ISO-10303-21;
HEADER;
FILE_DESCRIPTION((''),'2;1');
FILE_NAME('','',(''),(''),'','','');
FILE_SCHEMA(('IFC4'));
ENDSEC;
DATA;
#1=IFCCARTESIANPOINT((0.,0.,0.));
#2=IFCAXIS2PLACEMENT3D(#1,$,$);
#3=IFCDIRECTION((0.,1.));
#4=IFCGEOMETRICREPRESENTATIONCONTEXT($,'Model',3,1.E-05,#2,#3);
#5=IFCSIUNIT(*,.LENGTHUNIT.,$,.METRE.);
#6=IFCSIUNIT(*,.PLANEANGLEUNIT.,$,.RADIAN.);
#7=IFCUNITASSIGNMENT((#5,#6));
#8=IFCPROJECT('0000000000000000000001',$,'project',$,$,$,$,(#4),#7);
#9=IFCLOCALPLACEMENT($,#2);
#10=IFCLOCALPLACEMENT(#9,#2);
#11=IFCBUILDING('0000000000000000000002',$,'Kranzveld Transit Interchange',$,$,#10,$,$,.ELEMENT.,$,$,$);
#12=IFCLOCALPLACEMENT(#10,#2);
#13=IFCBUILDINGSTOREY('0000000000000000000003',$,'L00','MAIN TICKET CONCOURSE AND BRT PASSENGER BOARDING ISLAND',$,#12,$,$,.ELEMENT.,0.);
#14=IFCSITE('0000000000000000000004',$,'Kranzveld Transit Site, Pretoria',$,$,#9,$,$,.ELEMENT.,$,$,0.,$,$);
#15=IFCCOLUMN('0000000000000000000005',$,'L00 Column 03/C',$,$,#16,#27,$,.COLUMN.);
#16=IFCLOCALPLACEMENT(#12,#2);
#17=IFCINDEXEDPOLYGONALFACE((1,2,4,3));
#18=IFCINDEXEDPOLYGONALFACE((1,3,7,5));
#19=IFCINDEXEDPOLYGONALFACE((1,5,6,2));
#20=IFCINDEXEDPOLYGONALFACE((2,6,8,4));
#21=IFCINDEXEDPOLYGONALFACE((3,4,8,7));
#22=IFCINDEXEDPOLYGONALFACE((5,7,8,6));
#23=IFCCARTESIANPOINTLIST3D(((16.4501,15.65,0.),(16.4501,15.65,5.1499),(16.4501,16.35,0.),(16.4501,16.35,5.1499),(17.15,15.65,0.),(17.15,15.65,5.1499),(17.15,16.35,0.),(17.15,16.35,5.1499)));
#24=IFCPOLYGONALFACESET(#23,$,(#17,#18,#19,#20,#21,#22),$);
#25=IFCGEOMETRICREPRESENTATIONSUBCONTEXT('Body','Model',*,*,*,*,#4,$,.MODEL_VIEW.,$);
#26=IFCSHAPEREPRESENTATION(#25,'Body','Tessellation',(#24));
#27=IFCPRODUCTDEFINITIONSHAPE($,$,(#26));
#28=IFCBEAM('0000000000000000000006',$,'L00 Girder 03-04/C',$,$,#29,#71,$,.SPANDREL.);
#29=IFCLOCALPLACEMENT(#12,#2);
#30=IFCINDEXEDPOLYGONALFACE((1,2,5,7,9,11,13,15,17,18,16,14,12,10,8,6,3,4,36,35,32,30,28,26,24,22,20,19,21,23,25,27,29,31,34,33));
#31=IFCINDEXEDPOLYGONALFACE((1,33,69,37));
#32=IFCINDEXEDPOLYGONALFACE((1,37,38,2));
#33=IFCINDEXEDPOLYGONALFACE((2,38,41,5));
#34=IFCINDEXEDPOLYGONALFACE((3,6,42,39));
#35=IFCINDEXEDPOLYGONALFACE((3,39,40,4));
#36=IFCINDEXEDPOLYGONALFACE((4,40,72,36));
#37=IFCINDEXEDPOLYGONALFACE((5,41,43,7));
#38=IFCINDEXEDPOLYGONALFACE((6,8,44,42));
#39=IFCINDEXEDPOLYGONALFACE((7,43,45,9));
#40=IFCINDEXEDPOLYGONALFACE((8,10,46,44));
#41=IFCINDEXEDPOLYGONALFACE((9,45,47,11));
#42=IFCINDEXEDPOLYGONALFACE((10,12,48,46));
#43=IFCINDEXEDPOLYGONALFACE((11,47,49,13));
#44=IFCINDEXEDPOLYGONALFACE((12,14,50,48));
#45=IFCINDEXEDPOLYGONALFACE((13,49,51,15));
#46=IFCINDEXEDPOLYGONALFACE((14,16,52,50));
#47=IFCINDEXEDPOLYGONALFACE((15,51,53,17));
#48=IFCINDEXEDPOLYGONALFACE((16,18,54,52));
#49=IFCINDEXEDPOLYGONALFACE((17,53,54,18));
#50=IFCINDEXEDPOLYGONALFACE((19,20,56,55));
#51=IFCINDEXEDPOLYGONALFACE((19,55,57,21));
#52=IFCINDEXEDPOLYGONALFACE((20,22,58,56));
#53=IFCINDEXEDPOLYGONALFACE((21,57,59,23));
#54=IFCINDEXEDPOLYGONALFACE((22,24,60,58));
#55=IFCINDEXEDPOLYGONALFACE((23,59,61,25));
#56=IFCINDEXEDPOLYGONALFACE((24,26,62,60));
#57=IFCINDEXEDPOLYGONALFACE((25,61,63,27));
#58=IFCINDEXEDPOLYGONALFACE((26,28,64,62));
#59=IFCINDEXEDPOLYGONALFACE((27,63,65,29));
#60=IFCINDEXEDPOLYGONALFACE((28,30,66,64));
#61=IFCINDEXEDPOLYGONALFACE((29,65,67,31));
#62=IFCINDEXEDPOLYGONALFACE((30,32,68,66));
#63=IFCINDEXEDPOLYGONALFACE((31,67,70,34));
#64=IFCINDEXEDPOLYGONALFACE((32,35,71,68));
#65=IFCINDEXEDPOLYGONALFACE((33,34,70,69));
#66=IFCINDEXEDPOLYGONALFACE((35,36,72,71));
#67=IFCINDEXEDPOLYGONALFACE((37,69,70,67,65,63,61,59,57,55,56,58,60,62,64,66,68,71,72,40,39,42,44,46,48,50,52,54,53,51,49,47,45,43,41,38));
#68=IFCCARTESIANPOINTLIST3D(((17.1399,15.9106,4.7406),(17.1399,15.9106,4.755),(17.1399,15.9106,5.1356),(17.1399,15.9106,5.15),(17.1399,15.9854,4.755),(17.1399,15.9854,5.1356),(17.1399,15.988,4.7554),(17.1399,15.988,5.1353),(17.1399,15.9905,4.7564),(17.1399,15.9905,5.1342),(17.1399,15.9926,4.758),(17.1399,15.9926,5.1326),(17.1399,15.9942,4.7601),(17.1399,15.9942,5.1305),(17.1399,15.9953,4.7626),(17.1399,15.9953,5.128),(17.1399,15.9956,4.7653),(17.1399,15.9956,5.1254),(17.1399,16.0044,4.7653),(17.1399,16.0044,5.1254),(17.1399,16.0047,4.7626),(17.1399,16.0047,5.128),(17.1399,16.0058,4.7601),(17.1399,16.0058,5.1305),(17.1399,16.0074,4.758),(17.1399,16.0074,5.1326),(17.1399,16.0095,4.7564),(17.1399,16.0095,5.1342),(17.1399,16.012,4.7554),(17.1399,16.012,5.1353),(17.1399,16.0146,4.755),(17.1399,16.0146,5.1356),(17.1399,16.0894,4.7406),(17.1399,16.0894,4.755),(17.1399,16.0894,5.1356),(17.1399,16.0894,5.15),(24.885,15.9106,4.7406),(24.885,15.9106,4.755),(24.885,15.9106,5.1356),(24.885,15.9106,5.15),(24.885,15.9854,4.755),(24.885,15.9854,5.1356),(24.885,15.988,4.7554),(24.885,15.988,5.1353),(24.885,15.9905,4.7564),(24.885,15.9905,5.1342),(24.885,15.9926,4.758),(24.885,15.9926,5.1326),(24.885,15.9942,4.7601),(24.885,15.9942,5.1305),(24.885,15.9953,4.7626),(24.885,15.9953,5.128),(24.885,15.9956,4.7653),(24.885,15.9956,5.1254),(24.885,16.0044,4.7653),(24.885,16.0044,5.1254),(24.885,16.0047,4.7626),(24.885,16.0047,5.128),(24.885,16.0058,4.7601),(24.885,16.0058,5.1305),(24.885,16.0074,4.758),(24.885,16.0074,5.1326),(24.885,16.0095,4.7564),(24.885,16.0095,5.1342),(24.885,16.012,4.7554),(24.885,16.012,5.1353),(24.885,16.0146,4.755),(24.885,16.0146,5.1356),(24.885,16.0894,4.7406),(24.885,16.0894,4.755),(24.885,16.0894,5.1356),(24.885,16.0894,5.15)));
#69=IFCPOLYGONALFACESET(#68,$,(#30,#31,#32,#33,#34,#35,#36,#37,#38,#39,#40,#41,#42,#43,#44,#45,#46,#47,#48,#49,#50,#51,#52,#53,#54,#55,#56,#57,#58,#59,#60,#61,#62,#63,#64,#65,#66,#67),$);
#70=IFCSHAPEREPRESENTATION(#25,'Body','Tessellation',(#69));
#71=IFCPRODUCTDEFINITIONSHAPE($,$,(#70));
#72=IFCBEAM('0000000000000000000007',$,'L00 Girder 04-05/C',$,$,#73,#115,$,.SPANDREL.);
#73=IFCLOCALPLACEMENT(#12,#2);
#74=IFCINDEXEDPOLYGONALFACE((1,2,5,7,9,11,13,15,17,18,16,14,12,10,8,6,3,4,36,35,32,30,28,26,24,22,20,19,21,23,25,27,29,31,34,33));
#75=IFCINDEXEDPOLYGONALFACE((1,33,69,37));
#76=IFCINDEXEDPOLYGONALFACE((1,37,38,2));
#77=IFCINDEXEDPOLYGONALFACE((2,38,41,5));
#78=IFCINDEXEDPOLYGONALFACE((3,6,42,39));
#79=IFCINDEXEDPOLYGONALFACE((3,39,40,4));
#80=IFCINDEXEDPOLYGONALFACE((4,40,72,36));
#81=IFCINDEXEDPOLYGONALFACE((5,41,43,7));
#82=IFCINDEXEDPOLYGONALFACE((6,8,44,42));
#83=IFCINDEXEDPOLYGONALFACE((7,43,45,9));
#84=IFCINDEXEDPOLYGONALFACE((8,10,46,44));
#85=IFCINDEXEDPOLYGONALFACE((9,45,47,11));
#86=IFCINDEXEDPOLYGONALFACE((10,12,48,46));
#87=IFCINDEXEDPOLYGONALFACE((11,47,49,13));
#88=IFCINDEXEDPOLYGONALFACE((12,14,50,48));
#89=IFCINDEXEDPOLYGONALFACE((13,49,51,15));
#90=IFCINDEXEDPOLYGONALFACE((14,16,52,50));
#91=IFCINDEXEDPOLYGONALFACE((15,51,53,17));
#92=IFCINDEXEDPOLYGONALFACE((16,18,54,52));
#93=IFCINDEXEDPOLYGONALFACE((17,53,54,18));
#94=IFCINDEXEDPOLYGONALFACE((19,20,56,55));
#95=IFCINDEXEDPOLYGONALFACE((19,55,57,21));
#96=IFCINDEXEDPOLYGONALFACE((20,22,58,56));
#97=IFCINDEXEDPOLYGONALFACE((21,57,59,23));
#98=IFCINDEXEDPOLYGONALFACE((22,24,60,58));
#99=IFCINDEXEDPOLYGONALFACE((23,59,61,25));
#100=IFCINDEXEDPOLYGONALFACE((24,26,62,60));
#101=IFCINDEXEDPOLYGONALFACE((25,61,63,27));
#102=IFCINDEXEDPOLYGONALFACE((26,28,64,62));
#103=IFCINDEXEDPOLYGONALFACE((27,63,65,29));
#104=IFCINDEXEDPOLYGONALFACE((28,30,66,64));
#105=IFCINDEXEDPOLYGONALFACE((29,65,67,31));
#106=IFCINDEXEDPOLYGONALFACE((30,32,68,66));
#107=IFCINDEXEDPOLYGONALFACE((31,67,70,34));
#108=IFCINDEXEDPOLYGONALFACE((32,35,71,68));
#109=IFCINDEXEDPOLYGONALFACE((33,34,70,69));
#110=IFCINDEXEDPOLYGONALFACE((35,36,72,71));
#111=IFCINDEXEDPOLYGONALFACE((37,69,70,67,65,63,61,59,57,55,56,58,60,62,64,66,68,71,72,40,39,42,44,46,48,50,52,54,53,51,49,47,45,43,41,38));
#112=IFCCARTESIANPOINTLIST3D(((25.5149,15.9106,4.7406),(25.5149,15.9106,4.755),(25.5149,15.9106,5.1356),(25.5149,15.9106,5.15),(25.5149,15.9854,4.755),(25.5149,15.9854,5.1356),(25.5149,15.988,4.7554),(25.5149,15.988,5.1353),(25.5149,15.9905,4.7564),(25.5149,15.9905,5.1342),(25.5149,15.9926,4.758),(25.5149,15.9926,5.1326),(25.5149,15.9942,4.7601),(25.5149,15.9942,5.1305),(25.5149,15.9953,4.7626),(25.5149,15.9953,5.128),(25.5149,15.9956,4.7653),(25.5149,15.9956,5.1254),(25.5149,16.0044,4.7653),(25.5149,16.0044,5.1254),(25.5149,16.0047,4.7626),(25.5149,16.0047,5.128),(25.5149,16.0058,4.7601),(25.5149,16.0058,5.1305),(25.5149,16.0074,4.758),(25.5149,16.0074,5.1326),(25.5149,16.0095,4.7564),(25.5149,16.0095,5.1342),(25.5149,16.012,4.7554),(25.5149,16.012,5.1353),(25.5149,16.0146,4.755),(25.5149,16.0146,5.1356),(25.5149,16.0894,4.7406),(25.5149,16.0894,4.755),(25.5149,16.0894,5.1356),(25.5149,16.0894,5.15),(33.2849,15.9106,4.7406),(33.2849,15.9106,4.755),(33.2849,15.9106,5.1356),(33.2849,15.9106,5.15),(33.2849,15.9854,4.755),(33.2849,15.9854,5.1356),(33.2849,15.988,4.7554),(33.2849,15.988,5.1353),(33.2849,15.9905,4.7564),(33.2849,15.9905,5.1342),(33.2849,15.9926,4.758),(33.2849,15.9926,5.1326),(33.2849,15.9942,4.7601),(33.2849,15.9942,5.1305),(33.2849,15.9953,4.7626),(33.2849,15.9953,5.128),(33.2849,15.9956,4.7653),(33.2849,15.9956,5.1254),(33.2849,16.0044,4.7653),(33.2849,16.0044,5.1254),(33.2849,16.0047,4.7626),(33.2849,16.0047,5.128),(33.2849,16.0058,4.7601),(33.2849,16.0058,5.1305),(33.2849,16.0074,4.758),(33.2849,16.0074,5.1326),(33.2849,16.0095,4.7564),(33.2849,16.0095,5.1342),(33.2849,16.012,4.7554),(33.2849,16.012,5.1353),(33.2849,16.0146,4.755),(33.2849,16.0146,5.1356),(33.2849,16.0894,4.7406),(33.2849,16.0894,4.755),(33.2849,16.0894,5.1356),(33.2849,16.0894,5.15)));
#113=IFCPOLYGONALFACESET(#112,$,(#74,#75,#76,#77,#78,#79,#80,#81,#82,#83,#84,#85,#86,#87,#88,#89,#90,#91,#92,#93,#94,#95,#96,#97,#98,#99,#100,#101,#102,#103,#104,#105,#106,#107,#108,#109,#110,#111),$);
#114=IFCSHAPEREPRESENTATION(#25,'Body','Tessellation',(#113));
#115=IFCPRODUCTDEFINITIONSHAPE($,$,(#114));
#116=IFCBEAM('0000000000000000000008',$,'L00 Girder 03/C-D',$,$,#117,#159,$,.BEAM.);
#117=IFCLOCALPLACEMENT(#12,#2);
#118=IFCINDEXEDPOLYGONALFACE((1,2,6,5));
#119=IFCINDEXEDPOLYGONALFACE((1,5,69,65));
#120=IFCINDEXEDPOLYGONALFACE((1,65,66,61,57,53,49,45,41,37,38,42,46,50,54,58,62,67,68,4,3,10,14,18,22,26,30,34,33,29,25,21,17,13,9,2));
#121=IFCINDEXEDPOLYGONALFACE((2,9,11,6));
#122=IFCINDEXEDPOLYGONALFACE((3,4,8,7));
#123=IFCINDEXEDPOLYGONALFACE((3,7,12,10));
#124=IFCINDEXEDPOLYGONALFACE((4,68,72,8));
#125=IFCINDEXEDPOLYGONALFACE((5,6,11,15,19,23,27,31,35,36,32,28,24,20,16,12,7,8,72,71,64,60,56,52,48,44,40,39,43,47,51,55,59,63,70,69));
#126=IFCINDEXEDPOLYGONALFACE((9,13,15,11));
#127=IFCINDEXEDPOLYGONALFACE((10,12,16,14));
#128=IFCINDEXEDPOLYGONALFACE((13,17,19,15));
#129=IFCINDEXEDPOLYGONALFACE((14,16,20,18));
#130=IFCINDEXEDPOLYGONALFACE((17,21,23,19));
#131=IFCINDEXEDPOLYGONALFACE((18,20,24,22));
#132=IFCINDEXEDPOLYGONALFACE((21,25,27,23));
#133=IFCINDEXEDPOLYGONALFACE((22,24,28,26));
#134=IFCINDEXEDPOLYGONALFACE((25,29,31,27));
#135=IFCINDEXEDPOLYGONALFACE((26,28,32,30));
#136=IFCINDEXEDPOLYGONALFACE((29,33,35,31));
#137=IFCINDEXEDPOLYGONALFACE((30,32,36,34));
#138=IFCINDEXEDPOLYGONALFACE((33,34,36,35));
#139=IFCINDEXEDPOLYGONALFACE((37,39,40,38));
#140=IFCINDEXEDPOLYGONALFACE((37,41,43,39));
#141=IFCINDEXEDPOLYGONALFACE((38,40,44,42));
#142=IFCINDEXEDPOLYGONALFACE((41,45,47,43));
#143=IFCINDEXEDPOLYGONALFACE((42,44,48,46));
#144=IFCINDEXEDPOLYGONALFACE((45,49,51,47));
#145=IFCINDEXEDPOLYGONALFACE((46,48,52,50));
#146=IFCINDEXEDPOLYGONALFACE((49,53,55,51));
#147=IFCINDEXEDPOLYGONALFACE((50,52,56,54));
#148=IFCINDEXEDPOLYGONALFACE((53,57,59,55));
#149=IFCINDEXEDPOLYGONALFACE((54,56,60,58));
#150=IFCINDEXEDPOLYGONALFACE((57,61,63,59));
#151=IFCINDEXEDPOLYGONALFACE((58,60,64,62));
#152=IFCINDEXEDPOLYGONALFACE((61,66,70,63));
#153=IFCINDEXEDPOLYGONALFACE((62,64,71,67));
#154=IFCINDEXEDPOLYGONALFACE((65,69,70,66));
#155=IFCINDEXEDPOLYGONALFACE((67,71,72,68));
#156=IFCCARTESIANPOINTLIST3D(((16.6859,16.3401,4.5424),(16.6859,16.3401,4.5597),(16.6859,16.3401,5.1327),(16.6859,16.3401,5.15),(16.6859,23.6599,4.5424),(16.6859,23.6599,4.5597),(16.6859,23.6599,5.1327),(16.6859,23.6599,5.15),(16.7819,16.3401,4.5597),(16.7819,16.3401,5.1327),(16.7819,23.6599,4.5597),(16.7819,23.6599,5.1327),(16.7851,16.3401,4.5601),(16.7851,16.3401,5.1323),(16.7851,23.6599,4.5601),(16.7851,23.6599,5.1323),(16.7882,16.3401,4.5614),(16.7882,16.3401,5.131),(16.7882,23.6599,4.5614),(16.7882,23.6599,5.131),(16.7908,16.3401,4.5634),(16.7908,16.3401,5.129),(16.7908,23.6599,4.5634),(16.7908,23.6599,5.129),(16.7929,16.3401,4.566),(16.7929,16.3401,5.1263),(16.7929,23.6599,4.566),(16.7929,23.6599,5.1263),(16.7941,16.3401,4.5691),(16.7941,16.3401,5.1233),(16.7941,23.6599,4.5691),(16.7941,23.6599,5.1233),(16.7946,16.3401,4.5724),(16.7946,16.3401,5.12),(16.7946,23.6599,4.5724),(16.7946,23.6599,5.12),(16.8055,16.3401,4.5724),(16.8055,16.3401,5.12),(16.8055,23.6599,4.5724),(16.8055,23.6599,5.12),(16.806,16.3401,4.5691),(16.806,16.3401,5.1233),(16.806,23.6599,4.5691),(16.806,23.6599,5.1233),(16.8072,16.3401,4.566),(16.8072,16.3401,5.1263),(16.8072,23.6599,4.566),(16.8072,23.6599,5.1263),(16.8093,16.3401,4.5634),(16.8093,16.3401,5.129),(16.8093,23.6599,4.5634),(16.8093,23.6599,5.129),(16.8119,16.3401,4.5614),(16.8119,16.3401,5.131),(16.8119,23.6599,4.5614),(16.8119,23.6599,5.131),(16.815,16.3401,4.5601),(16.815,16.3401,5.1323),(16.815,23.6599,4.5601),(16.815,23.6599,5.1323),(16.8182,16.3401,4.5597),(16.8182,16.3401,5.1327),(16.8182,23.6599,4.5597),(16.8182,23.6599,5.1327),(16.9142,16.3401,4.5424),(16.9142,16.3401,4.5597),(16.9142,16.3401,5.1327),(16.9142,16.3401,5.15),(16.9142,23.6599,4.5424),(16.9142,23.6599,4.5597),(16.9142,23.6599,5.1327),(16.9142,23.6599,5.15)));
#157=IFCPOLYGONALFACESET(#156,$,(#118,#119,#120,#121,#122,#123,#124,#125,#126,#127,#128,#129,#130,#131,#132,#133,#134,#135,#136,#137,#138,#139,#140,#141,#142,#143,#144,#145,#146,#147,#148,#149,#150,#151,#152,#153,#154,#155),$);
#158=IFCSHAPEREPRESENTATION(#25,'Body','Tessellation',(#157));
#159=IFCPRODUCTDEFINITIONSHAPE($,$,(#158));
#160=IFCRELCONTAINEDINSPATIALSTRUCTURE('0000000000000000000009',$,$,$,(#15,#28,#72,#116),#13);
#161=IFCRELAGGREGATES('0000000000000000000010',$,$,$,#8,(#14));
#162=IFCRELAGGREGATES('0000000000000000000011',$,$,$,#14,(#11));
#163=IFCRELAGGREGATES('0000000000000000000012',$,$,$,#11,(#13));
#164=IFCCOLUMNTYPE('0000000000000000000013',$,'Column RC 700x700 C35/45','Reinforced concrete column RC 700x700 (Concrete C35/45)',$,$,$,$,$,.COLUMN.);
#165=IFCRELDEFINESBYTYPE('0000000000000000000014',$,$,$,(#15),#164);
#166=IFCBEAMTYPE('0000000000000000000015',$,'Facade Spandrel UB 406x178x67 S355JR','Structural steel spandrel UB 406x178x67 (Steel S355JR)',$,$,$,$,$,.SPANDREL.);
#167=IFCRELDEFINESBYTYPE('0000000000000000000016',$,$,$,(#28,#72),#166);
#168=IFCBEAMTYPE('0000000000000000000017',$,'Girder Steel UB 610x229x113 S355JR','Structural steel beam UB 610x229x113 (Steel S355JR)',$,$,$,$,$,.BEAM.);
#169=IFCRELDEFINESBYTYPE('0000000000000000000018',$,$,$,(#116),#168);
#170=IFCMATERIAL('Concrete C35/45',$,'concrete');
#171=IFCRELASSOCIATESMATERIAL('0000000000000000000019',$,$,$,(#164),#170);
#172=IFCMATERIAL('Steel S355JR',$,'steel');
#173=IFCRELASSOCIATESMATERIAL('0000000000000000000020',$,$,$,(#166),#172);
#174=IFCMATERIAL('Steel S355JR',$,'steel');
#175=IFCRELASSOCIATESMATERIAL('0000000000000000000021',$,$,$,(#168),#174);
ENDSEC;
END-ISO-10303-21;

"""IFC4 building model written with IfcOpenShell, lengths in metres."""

from ifc_helpers import new_model, si_unit, direction, frame, origin, origin_2d, place, context, subcontext, project, spatial, rectangle, i_section, extrude, material, material_profile, profile_set, type_object, element, save


model = new_model("IFC4")

# Units and contexts
model_context = context("Model", 3, precision=1e-05, world=origin(), true_north=direction((0.0, 1.0)))
body_context = subcontext(model_context, "Body", "Model", "MODEL_VIEW")
ifc_project = project(units=[si_unit("LENGTHUNIT", "METRE"), si_unit("PLANEANGLEUNIT", "RADIAN")], contexts=[model_context])

# Site, building, storey
site_placement = place(None, origin())
site = spatial("IfcSite", under=ifc_project, at=site_placement, Name="Kranzveld Transit Site, Pretoria", CompositionType="ELEMENT", RefElevation=0.0)
building_placement = place(site_placement, origin())
building = spatial("IfcBuilding", under=site, at=building_placement, Name="Kranzveld Transit Interchange", CompositionType="ELEMENT")
storey_placement = place(building_placement, origin())
storey = spatial("IfcBuildingStorey", under=building, at=storey_placement, Name="L00", Description="MAIN TICKET CONCOURSE AND BRT PASSENGER BOARDING ISLAND", CompositionType="ELEMENT", Elevation=0.0)

# Column
ifc_material_1 = material(Name="Concrete C35/45", Category="concrete")
ifc_material_profile_1 = material_profile(ifc_material_1, rectangle(XDim=0.7, YDim=0.7, at=origin_2d()), Name="RC 700x700")
ifc_profile_set_1 = profile_set([ifc_material_profile_1], Name="Concrete C35/45")
column_type_1 = type_object("IfcColumnType", Name="Column RC 700x700 C35/45", Description="Reinforced concrete column RC 700x700 (Concrete C35/45)", PredefinedType="COLUMN", material=ifc_profile_set_1)
column_1_placement = place(storey_placement, frame((16.8, 16.0, 0.0), z_axis=(0.0, 0.0, 1.0), x_axis=(1.0, 0.0, 0.0)))
element("IfcColumn", 1, at=column_1_placement, inside=storey, type_object=column_type_1, Name="L00 Column 03/C", PredefinedType="COLUMN", context=body_context, shape_type="SweptSolid", body=[
    extrude(rectangle(XDim=0.7, YDim=0.7, at=origin_2d()), origin(), (0.0, 0.0, 1.0), 5.1499),
])

# Beams
ifc_material_2 = material(Name="Steel S355JR", Category="steel")
ifc_material_profile_2 = material_profile(ifc_material_2, i_section(OverallWidth=0.1787, OverallDepth=0.4094, WebThickness=0.0088, FlangeThickness=0.0144, FilletRadius=0.0103, at=origin_2d()), Name="UB 406x178x67")
ifc_profile_set_2 = profile_set([ifc_material_profile_2], Name="Steel S355JR")
beam_type_1 = type_object("IfcBeamType", Name="Facade Spandrel UB 406x178x67 S355JR", Description="Structural steel spandrel UB 406x178x67 (Steel S355JR)", PredefinedType="SPANDREL", material=ifc_profile_set_2)
beam_1_placement = place(storey_placement, frame((17.1399, 16.0, 4.9453), z_axis=(1.0, 0.0, 0.0), x_axis=(0.0, 1.0, 0.0)))
element("IfcBeam", 2, at=beam_1_placement, inside=storey, type_object=beam_type_1, Name="L00 Girder 03-04/C", PredefinedType="SPANDREL", context=body_context, shape_type="SweptSolid", body=[
    extrude(i_section(OverallWidth=0.1787, OverallDepth=0.4094, WebThickness=0.0088, FlangeThickness=0.0144, FilletRadius=0.0103, at=origin_2d()), origin(), (0.0, 0.0, 1.0), 7.7451),
])
beam_2_placement = place(storey_placement, frame((25.5149, 16.0, 4.9453), z_axis=(1.0, 0.0, 0.0), x_axis=(0.0, 1.0, 0.0)))
element("IfcBeam", 3, at=beam_2_placement, inside=storey, type_object=beam_type_1, Name="L00 Girder 04-05/C", PredefinedType="SPANDREL", context=body_context, shape_type="SweptSolid", body=[
    extrude(i_section(OverallWidth=0.1787, OverallDepth=0.4094, WebThickness=0.0088, FlangeThickness=0.0144, FilletRadius=0.0103, at=origin_2d()), origin(), (0.0, 0.0, 1.0), 7.77),
])
ifc_material_3 = material(Name="Steel S355JR", Category="steel")
ifc_material_profile_3 = material_profile(ifc_material_3, i_section(OverallWidth=0.2283, OverallDepth=0.6077, WebThickness=0.011, FlangeThickness=0.0173, FilletRadius=0.0127, at=origin_2d()), Name="UB 610x229x113")
ifc_profile_set_3 = profile_set([ifc_material_profile_3], Name="Steel S355JR")
beam_type_2 = type_object("IfcBeamType", Name="Girder Steel UB 610x229x113 S355JR", Description="Structural steel beam UB 610x229x113 (Steel S355JR)", PredefinedType="BEAM", material=ifc_profile_set_3)
beam_3_placement = place(storey_placement, frame((16.8, 16.3401, 4.8462), z_axis=(0.0, 1.0, 0.0), x_axis=(-1.0, 0.0, 0.0)))
element("IfcBeam", 4, at=beam_3_placement, inside=storey, type_object=beam_type_2, Name="L00 Girder 03/C-D", PredefinedType="BEAM", context=body_context, shape_type="SweptSolid", body=[
    extrude(i_section(OverallWidth=0.2283, OverallDepth=0.6077, WebThickness=0.011, FlangeThickness=0.0173, FilletRadius=0.0127, at=origin_2d()), origin(), (0.0, 0.0, 1.0), 7.3198),
])

save(model, "model.ifc")
